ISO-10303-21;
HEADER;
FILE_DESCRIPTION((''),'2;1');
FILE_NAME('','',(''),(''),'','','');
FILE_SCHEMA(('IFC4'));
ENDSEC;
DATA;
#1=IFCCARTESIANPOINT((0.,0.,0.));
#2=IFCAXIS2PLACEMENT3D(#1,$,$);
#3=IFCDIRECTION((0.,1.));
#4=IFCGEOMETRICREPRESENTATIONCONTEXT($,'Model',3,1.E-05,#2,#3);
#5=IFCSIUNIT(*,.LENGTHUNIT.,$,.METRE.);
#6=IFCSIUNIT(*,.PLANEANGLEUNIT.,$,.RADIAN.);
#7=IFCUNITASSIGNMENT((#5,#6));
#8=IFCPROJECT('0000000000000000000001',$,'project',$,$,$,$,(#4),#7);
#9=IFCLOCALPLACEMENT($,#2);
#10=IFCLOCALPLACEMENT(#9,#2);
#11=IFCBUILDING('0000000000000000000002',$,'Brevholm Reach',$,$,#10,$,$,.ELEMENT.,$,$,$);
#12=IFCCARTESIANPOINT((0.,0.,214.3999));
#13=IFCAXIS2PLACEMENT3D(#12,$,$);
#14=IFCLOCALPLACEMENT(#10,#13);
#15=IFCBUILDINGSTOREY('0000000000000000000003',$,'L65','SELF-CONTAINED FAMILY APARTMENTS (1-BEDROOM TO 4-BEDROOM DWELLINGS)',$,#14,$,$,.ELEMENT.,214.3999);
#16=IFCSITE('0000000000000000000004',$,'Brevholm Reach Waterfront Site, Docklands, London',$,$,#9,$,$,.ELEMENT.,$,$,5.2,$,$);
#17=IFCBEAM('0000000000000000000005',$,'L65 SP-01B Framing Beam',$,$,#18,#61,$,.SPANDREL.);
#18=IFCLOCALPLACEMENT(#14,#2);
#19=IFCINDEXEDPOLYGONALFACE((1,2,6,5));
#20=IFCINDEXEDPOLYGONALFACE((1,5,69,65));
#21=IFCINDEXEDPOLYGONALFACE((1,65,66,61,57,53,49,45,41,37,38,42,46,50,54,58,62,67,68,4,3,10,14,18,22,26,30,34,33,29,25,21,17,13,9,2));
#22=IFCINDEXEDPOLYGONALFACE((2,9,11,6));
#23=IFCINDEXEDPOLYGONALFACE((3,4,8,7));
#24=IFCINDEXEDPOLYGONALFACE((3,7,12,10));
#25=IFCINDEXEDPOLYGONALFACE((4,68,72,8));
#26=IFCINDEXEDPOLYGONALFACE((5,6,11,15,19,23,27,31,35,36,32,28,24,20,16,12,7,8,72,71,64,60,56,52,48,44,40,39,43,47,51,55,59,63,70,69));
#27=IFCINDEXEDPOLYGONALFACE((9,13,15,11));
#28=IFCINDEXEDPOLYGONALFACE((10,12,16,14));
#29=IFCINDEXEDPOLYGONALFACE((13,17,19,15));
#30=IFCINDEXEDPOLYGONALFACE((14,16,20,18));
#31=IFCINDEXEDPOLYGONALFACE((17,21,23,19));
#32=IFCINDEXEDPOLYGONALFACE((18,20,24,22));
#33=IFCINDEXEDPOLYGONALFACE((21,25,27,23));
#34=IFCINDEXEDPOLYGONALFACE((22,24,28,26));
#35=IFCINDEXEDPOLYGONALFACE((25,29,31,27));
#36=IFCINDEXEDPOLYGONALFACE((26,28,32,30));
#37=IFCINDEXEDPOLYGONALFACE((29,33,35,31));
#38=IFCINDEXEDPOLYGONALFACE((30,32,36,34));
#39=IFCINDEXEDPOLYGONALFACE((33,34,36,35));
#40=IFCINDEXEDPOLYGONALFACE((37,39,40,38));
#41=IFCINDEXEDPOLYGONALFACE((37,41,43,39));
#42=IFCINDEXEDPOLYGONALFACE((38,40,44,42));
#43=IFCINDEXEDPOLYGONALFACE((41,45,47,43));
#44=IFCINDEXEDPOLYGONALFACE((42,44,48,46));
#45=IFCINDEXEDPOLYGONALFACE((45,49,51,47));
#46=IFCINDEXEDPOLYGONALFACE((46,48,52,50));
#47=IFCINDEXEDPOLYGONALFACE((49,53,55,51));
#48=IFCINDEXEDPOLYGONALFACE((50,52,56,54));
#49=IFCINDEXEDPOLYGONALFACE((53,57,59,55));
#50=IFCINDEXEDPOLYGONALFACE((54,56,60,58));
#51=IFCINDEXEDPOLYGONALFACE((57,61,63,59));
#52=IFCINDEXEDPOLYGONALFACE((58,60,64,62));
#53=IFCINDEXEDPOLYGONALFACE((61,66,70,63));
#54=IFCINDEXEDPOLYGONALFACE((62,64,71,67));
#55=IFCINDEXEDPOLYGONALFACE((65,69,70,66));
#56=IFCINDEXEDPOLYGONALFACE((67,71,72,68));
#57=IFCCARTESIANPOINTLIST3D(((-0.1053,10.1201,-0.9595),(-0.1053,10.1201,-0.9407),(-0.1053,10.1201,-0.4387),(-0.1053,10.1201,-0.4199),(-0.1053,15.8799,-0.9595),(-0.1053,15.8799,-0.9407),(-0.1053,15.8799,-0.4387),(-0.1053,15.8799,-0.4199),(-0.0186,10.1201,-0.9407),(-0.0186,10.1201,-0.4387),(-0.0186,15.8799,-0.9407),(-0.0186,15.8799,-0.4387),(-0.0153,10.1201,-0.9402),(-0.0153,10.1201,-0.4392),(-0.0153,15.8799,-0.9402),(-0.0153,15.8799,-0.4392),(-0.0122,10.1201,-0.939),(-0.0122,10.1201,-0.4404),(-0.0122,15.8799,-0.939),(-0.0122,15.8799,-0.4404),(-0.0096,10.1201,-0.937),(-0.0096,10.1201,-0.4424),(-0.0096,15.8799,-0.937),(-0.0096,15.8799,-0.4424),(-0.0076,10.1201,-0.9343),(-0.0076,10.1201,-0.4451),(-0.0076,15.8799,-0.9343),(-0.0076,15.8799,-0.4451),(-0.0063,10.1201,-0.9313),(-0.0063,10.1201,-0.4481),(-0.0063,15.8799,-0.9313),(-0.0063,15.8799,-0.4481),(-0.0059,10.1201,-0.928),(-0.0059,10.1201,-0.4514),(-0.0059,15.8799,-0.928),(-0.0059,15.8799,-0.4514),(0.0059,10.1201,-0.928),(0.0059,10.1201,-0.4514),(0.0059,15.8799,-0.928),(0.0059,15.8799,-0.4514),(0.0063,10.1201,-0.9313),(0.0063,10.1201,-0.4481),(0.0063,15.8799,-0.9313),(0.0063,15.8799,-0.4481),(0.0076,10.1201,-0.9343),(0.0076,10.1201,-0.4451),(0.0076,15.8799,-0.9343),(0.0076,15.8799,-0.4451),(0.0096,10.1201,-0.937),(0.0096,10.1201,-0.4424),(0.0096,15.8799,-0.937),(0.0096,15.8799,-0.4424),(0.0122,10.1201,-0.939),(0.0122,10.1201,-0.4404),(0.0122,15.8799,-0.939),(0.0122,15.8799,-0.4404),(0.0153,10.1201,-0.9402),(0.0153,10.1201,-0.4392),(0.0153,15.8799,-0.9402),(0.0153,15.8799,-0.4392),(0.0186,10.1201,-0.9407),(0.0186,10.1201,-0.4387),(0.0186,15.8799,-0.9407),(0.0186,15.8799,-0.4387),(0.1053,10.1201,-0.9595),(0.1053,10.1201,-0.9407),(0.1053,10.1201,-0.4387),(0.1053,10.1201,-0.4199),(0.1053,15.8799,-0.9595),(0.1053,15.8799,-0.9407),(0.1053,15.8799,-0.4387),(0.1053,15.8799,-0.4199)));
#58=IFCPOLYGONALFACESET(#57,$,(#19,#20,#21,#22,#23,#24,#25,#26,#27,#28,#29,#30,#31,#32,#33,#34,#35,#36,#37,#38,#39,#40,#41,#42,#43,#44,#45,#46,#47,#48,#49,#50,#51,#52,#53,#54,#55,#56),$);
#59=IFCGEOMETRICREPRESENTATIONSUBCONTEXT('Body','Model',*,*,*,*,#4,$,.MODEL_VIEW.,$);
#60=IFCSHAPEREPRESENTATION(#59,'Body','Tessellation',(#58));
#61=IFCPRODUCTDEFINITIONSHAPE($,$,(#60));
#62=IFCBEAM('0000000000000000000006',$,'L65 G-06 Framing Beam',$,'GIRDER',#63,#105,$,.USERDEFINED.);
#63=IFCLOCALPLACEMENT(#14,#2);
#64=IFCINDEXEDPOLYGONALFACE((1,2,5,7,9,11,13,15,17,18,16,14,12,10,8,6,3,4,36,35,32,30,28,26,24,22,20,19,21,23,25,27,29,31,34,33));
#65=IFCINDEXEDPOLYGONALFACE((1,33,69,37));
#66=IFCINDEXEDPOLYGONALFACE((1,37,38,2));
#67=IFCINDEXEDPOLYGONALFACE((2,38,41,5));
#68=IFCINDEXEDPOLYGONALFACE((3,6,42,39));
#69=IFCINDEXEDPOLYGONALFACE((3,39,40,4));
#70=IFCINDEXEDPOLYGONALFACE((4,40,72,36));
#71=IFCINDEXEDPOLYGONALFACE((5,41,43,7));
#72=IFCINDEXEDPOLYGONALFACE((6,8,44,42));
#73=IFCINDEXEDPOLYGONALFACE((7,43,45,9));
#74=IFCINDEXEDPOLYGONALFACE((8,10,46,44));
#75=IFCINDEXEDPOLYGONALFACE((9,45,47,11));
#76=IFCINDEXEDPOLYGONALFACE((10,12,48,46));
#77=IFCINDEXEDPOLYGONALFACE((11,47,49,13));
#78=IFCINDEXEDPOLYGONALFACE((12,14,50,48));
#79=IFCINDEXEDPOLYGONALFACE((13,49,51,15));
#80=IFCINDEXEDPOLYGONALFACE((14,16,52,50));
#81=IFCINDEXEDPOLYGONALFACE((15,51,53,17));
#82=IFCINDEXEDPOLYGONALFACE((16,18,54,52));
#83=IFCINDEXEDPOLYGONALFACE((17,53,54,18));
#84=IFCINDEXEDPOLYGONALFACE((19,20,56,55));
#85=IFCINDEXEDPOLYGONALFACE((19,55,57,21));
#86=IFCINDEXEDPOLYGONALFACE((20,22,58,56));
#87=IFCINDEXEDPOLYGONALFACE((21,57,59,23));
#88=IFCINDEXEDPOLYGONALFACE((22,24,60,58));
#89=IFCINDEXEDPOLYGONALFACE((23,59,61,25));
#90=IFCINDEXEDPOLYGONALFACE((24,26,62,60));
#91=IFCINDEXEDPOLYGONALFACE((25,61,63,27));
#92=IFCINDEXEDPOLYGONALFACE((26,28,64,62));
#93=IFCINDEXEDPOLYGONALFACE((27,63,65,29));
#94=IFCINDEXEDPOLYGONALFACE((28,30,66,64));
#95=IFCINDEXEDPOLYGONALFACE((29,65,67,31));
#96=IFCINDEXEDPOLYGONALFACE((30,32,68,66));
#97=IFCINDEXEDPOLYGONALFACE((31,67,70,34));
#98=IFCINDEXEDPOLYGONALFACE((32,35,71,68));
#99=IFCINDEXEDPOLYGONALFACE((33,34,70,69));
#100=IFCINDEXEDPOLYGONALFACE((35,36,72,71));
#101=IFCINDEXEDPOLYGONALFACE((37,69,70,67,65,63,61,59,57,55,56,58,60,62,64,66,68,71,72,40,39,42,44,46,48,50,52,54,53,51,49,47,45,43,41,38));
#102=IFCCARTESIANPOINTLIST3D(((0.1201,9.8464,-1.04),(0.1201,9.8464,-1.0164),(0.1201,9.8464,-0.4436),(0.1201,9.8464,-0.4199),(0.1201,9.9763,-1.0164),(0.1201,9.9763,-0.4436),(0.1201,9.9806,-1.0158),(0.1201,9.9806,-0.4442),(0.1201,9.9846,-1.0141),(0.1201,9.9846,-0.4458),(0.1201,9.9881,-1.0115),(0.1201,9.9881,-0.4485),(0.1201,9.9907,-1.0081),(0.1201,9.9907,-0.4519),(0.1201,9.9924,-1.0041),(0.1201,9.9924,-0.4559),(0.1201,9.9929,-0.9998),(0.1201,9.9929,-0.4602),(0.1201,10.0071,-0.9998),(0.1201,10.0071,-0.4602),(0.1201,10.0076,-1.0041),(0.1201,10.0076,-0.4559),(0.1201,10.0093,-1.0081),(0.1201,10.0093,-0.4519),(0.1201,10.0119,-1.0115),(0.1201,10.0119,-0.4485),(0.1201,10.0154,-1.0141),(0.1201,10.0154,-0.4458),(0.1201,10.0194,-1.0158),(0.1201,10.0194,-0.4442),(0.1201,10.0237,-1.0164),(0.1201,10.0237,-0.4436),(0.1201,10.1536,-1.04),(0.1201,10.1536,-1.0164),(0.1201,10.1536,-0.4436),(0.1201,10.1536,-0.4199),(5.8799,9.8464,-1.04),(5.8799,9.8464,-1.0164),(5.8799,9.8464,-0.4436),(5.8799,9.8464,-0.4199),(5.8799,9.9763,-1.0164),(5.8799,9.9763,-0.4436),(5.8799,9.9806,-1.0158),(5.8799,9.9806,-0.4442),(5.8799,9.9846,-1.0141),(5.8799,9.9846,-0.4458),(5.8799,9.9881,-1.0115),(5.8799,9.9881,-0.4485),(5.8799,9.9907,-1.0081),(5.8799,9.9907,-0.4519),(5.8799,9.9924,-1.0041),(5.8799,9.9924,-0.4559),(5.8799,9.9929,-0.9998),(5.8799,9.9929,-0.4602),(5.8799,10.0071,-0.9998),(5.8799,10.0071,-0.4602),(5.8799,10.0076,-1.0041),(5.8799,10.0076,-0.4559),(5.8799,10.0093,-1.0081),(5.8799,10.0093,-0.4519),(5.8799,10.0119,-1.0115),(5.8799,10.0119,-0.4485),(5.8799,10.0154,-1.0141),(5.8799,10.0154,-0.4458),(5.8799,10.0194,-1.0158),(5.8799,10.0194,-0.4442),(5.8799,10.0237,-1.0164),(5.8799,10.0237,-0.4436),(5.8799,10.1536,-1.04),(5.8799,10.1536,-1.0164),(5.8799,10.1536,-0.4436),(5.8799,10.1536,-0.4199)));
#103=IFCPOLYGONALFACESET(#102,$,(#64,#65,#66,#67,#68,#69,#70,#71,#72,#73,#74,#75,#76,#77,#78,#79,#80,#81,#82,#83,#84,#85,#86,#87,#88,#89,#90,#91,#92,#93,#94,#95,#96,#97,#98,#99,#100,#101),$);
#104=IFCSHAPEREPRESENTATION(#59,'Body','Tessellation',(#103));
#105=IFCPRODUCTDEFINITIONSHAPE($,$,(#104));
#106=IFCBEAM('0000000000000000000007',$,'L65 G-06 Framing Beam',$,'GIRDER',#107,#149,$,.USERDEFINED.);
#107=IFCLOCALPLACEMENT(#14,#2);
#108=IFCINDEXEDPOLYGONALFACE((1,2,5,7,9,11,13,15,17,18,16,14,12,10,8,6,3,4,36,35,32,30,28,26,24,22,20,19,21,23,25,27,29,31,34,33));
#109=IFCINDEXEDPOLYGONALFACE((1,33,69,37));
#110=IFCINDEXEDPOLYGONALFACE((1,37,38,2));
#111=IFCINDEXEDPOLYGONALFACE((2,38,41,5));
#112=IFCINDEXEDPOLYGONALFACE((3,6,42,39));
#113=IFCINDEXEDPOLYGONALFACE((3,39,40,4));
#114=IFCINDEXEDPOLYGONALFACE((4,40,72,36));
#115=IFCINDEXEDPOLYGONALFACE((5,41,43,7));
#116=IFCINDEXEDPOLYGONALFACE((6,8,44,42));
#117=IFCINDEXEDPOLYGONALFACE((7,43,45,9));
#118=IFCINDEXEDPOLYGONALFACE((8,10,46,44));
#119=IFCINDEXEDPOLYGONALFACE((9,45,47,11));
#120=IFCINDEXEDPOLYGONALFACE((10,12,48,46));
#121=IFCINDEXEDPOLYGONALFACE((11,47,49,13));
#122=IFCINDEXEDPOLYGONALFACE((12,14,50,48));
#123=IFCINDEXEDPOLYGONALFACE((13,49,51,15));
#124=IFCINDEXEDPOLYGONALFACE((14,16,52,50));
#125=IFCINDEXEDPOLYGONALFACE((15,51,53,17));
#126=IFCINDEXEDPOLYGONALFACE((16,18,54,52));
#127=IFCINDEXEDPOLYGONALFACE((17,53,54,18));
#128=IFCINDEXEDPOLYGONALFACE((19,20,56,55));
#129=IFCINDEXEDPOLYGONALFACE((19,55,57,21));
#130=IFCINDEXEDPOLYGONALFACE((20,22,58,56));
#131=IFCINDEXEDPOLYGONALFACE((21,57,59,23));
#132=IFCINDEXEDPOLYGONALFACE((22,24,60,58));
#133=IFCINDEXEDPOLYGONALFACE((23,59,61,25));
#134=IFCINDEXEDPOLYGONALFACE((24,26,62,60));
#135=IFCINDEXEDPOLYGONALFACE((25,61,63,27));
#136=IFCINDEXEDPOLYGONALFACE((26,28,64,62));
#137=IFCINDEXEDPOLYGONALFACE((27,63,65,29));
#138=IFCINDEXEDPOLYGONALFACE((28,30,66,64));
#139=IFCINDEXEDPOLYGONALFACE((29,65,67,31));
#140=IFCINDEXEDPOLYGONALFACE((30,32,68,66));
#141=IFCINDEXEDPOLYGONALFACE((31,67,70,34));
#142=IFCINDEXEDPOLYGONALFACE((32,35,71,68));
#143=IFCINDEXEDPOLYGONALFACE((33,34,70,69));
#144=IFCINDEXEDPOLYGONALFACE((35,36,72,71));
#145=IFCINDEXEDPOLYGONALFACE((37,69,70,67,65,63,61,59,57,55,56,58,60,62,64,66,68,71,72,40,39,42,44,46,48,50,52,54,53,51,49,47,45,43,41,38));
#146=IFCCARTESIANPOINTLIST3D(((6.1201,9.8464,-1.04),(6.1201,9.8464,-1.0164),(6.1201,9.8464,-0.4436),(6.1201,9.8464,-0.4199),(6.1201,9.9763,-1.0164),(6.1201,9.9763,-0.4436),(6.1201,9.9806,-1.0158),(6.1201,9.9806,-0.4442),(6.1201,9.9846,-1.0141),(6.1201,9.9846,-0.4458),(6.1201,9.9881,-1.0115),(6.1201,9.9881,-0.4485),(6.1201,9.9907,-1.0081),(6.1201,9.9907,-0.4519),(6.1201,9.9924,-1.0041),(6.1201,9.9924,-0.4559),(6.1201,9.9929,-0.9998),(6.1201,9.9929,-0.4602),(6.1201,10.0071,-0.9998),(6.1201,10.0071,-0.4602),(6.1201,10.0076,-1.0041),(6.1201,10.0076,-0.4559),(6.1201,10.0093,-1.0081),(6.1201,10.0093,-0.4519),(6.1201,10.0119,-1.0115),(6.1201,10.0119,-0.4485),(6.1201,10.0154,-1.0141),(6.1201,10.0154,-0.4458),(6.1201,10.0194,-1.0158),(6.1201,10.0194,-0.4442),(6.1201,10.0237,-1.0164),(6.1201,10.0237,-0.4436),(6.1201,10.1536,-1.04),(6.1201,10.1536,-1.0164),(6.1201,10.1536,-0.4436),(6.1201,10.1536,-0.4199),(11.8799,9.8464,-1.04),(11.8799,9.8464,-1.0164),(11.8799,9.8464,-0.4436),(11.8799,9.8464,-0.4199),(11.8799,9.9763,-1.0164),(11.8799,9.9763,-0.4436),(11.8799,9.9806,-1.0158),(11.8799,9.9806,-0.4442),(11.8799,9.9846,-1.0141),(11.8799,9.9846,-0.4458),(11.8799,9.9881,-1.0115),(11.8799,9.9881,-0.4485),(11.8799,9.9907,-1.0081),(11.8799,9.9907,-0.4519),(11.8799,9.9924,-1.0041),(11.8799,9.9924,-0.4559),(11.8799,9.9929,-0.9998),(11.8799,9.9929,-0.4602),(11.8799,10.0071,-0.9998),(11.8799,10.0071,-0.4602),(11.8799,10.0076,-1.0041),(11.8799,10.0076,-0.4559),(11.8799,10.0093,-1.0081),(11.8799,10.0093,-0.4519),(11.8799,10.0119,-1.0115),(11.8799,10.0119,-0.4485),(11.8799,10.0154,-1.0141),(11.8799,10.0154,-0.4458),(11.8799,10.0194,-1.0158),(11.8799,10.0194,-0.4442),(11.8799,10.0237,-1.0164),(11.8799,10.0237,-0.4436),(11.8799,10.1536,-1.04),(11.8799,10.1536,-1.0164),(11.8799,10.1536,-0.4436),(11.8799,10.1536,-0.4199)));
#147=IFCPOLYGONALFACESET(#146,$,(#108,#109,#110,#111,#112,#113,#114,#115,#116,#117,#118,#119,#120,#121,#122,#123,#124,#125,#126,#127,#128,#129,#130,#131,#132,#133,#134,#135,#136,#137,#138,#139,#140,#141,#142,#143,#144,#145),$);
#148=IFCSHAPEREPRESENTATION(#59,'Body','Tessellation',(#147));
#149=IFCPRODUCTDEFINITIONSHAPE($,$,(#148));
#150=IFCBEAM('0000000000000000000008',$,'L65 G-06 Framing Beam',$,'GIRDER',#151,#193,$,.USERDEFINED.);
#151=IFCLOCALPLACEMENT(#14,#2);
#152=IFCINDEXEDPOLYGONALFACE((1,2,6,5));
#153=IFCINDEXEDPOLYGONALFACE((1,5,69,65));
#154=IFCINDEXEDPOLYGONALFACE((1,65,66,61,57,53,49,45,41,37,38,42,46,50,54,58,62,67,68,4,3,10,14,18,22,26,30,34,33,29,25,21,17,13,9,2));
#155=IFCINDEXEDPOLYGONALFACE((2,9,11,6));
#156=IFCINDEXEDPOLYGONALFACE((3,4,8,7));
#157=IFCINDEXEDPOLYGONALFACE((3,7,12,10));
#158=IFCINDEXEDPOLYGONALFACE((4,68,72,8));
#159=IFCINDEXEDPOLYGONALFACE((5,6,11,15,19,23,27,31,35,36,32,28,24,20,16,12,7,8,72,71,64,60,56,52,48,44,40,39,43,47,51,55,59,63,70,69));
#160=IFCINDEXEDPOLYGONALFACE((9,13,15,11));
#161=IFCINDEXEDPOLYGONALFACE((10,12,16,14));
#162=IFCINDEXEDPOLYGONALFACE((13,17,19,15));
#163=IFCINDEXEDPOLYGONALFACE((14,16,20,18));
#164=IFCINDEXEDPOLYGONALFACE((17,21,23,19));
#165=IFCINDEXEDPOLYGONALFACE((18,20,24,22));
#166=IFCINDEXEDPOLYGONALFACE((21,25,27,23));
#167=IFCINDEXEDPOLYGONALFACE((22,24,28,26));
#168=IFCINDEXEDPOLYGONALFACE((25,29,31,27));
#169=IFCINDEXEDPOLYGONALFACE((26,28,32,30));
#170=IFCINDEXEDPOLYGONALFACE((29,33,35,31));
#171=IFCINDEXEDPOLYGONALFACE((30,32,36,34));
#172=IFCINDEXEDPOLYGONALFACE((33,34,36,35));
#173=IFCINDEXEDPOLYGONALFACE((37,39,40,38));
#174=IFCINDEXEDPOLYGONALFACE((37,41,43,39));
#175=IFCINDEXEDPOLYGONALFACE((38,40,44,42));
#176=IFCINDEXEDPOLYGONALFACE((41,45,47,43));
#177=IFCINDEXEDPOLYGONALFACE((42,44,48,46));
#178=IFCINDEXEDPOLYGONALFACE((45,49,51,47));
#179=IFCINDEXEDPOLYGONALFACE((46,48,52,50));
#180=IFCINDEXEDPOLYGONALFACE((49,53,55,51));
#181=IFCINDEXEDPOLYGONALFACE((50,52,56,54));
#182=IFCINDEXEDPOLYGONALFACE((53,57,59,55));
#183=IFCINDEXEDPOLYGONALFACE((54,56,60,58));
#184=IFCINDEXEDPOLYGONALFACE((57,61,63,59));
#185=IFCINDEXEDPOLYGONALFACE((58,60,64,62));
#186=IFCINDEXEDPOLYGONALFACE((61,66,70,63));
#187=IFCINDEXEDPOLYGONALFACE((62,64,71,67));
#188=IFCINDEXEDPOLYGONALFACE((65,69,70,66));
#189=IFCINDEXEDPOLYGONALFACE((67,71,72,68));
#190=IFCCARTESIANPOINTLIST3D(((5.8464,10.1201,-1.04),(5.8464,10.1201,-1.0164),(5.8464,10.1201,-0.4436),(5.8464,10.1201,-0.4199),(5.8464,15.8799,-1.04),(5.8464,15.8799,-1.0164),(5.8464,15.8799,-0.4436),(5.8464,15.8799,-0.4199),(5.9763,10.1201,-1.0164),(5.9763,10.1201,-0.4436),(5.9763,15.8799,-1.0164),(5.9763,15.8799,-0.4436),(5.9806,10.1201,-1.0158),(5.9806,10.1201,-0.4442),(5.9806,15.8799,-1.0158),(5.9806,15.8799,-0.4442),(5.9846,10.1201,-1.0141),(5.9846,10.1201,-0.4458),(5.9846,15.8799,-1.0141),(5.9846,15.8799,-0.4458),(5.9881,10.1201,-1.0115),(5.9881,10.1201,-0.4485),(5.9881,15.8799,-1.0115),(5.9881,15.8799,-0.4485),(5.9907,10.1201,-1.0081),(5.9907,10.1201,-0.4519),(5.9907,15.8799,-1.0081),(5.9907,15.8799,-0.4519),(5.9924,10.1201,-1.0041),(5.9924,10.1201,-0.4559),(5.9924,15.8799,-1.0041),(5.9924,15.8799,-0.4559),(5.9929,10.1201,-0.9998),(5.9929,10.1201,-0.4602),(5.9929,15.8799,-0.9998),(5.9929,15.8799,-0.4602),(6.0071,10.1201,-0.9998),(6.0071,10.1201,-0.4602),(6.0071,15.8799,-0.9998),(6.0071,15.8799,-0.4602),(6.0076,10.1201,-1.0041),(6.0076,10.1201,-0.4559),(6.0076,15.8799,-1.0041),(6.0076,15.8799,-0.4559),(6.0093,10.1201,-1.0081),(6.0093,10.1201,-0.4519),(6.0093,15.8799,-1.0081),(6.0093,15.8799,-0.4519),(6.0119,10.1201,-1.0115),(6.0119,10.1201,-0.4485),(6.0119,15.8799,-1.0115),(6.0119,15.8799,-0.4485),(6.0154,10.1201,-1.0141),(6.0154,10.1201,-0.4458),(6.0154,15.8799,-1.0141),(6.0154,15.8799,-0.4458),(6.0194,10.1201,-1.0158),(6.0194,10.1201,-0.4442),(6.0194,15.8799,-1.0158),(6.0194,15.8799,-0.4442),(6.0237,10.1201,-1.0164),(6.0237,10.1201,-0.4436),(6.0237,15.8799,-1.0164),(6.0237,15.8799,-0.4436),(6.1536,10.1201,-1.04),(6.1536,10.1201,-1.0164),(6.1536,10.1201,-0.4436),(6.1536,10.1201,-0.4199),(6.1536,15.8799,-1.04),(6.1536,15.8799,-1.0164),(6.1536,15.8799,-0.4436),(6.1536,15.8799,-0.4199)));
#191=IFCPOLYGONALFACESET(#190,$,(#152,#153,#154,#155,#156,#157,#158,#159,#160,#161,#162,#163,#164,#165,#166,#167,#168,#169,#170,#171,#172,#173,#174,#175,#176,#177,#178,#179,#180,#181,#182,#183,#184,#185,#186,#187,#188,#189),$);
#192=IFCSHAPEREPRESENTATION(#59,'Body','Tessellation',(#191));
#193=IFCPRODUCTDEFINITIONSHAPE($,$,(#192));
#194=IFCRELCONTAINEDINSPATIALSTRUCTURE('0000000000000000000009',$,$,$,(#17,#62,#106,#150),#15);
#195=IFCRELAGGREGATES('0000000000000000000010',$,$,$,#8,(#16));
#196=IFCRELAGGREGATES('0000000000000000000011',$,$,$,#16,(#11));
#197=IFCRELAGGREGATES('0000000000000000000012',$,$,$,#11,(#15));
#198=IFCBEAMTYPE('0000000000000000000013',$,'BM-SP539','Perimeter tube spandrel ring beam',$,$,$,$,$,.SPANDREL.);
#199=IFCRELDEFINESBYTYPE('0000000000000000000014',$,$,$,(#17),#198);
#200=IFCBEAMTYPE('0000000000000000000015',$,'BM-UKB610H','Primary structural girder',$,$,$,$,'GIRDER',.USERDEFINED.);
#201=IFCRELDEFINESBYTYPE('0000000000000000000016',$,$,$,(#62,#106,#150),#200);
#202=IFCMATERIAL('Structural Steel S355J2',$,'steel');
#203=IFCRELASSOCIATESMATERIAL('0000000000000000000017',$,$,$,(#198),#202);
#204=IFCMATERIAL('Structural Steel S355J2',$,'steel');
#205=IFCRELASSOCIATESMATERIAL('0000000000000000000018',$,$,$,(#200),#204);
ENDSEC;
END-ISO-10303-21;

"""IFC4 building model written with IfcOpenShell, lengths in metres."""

from ifc_helpers import new_model, si_unit, direction, frame, origin, origin_2d, place, context, subcontext, project, spatial, i_section, extrude, material, material_profile, profile_set, type_object, element, save


model = new_model("IFC4")

# Units and contexts
model_context = context("Model", 3, precision=1e-05, world=origin(), true_north=direction((0.0, 1.0)))
body_context = subcontext(model_context, "Body", "Model", "MODEL_VIEW")
ifc_project = project(units=[si_unit("LENGTHUNIT", "METRE"), si_unit("PLANEANGLEUNIT", "RADIAN")], contexts=[model_context])

# Site, building, storey
site_placement = place(None, origin())
site = spatial("IfcSite", under=ifc_project, at=site_placement, Name="Brevholm Reach Waterfront Site, Docklands, London", CompositionType="ELEMENT", RefElevation=5.2)
building_placement = place(site_placement, origin())
building = spatial("IfcBuilding", under=site, at=building_placement, Name="Brevholm Reach", CompositionType="ELEMENT")
storey_placement = place(building_placement, frame((0.0, 0.0, 214.3999)))
storey = spatial("IfcBuildingStorey", under=building, at=storey_placement, Name="L65", Description="SELF-CONTAINED FAMILY APARTMENTS (1-BEDROOM TO 4-BEDROOM DWELLINGS)", CompositionType="ELEMENT", Elevation=214.3999)

# Beams
ifc_material_1 = material(Name="Structural Steel S355J2", Category="steel")
ifc_material_profile_1 = material_profile(ifc_material_1, i_section(OverallWidth=0.2107, OverallDepth=0.5396, WebThickness=0.0117, FlangeThickness=0.0188, FilletRadius=0.0127, at=origin_2d()), Name="UKB 533x210x109")
ifc_profile_set_1 = profile_set([ifc_material_profile_1], Name="Structural Steel S355J2")
beam_type_1 = type_object("IfcBeamType", Name="BM-SP539", Description="Perimeter tube spandrel ring beam", PredefinedType="SPANDREL", material=ifc_profile_set_1)
beam_placement = place(storey_placement, frame((0.0, 10.1201, -0.6897), z_axis=(0.0, 1.0, 0.0), x_axis=(-1.0, 0.0, 0.0)))
element("IfcBeam", 1, at=beam_placement, inside=storey, type_object=beam_type_1, Name="L65 SP-01B Framing Beam", PredefinedType="SPANDREL", context=body_context, shape_type="SweptSolid", body=[
    extrude(i_section(OverallWidth=0.2107, OverallDepth=0.5396, WebThickness=0.0117, FlangeThickness=0.0188, FilletRadius=0.0127, at=origin_2d()), origin(), (0.0, 0.0, 1.0), 5.7598),
])
ifc_material_2 = material(Name="Structural Steel S355J2", Category="steel")
ifc_material_profile_2 = material_profile(ifc_material_2, i_section(OverallWidth=0.3071, OverallDepth=0.6201, WebThickness=0.0142, FlangeThickness=0.0237, FilletRadius=0.0166, at=origin_2d()), Name="UKB 610x305x179")
ifc_profile_set_2 = profile_set([ifc_material_profile_2], Name="Structural Steel S355J2")
beam_type_2 = type_object("IfcBeamType", Name="BM-UKB610H", Description="Primary structural girder", ElementType="GIRDER", PredefinedType="USERDEFINED", material=ifc_profile_set_2)
for number, where, z_axis, x_axis, name in (
    (2, (0.1201, 10.0, -0.73), (1.0, 0.0, 0.0), (0.0, 1.0, 0.0), "L65 G-06 Framing Beam"),
    (3, (6.1201, 10.0, -0.73), (1.0, 0.0, 0.0), (0.0, 1.0, 0.0), "L65 G-06 Framing Beam"),
    (4, (6.0, 10.1201, -0.73), (0.0, 1.0, 0.0), (-1.0, 0.0, 0.0), "L65 G-06 Framing Beam"),
):
    element("IfcBeam", number, at=place(storey_placement, frame(where, z_axis=z_axis, x_axis=x_axis)), inside=storey, type_object=beam_type_2, Name=name, ObjectType="GIRDER", PredefinedType="USERDEFINED", context=body_context, shape_type="SweptSolid", body=[
        extrude(i_section(OverallWidth=0.3071, OverallDepth=0.6201, WebThickness=0.0142, FlangeThickness=0.0237, FilletRadius=0.0166, at=origin_2d()), origin(), (0.0, 0.0, 1.0), 5.7598),
    ])

save(model, "model.ifc")
